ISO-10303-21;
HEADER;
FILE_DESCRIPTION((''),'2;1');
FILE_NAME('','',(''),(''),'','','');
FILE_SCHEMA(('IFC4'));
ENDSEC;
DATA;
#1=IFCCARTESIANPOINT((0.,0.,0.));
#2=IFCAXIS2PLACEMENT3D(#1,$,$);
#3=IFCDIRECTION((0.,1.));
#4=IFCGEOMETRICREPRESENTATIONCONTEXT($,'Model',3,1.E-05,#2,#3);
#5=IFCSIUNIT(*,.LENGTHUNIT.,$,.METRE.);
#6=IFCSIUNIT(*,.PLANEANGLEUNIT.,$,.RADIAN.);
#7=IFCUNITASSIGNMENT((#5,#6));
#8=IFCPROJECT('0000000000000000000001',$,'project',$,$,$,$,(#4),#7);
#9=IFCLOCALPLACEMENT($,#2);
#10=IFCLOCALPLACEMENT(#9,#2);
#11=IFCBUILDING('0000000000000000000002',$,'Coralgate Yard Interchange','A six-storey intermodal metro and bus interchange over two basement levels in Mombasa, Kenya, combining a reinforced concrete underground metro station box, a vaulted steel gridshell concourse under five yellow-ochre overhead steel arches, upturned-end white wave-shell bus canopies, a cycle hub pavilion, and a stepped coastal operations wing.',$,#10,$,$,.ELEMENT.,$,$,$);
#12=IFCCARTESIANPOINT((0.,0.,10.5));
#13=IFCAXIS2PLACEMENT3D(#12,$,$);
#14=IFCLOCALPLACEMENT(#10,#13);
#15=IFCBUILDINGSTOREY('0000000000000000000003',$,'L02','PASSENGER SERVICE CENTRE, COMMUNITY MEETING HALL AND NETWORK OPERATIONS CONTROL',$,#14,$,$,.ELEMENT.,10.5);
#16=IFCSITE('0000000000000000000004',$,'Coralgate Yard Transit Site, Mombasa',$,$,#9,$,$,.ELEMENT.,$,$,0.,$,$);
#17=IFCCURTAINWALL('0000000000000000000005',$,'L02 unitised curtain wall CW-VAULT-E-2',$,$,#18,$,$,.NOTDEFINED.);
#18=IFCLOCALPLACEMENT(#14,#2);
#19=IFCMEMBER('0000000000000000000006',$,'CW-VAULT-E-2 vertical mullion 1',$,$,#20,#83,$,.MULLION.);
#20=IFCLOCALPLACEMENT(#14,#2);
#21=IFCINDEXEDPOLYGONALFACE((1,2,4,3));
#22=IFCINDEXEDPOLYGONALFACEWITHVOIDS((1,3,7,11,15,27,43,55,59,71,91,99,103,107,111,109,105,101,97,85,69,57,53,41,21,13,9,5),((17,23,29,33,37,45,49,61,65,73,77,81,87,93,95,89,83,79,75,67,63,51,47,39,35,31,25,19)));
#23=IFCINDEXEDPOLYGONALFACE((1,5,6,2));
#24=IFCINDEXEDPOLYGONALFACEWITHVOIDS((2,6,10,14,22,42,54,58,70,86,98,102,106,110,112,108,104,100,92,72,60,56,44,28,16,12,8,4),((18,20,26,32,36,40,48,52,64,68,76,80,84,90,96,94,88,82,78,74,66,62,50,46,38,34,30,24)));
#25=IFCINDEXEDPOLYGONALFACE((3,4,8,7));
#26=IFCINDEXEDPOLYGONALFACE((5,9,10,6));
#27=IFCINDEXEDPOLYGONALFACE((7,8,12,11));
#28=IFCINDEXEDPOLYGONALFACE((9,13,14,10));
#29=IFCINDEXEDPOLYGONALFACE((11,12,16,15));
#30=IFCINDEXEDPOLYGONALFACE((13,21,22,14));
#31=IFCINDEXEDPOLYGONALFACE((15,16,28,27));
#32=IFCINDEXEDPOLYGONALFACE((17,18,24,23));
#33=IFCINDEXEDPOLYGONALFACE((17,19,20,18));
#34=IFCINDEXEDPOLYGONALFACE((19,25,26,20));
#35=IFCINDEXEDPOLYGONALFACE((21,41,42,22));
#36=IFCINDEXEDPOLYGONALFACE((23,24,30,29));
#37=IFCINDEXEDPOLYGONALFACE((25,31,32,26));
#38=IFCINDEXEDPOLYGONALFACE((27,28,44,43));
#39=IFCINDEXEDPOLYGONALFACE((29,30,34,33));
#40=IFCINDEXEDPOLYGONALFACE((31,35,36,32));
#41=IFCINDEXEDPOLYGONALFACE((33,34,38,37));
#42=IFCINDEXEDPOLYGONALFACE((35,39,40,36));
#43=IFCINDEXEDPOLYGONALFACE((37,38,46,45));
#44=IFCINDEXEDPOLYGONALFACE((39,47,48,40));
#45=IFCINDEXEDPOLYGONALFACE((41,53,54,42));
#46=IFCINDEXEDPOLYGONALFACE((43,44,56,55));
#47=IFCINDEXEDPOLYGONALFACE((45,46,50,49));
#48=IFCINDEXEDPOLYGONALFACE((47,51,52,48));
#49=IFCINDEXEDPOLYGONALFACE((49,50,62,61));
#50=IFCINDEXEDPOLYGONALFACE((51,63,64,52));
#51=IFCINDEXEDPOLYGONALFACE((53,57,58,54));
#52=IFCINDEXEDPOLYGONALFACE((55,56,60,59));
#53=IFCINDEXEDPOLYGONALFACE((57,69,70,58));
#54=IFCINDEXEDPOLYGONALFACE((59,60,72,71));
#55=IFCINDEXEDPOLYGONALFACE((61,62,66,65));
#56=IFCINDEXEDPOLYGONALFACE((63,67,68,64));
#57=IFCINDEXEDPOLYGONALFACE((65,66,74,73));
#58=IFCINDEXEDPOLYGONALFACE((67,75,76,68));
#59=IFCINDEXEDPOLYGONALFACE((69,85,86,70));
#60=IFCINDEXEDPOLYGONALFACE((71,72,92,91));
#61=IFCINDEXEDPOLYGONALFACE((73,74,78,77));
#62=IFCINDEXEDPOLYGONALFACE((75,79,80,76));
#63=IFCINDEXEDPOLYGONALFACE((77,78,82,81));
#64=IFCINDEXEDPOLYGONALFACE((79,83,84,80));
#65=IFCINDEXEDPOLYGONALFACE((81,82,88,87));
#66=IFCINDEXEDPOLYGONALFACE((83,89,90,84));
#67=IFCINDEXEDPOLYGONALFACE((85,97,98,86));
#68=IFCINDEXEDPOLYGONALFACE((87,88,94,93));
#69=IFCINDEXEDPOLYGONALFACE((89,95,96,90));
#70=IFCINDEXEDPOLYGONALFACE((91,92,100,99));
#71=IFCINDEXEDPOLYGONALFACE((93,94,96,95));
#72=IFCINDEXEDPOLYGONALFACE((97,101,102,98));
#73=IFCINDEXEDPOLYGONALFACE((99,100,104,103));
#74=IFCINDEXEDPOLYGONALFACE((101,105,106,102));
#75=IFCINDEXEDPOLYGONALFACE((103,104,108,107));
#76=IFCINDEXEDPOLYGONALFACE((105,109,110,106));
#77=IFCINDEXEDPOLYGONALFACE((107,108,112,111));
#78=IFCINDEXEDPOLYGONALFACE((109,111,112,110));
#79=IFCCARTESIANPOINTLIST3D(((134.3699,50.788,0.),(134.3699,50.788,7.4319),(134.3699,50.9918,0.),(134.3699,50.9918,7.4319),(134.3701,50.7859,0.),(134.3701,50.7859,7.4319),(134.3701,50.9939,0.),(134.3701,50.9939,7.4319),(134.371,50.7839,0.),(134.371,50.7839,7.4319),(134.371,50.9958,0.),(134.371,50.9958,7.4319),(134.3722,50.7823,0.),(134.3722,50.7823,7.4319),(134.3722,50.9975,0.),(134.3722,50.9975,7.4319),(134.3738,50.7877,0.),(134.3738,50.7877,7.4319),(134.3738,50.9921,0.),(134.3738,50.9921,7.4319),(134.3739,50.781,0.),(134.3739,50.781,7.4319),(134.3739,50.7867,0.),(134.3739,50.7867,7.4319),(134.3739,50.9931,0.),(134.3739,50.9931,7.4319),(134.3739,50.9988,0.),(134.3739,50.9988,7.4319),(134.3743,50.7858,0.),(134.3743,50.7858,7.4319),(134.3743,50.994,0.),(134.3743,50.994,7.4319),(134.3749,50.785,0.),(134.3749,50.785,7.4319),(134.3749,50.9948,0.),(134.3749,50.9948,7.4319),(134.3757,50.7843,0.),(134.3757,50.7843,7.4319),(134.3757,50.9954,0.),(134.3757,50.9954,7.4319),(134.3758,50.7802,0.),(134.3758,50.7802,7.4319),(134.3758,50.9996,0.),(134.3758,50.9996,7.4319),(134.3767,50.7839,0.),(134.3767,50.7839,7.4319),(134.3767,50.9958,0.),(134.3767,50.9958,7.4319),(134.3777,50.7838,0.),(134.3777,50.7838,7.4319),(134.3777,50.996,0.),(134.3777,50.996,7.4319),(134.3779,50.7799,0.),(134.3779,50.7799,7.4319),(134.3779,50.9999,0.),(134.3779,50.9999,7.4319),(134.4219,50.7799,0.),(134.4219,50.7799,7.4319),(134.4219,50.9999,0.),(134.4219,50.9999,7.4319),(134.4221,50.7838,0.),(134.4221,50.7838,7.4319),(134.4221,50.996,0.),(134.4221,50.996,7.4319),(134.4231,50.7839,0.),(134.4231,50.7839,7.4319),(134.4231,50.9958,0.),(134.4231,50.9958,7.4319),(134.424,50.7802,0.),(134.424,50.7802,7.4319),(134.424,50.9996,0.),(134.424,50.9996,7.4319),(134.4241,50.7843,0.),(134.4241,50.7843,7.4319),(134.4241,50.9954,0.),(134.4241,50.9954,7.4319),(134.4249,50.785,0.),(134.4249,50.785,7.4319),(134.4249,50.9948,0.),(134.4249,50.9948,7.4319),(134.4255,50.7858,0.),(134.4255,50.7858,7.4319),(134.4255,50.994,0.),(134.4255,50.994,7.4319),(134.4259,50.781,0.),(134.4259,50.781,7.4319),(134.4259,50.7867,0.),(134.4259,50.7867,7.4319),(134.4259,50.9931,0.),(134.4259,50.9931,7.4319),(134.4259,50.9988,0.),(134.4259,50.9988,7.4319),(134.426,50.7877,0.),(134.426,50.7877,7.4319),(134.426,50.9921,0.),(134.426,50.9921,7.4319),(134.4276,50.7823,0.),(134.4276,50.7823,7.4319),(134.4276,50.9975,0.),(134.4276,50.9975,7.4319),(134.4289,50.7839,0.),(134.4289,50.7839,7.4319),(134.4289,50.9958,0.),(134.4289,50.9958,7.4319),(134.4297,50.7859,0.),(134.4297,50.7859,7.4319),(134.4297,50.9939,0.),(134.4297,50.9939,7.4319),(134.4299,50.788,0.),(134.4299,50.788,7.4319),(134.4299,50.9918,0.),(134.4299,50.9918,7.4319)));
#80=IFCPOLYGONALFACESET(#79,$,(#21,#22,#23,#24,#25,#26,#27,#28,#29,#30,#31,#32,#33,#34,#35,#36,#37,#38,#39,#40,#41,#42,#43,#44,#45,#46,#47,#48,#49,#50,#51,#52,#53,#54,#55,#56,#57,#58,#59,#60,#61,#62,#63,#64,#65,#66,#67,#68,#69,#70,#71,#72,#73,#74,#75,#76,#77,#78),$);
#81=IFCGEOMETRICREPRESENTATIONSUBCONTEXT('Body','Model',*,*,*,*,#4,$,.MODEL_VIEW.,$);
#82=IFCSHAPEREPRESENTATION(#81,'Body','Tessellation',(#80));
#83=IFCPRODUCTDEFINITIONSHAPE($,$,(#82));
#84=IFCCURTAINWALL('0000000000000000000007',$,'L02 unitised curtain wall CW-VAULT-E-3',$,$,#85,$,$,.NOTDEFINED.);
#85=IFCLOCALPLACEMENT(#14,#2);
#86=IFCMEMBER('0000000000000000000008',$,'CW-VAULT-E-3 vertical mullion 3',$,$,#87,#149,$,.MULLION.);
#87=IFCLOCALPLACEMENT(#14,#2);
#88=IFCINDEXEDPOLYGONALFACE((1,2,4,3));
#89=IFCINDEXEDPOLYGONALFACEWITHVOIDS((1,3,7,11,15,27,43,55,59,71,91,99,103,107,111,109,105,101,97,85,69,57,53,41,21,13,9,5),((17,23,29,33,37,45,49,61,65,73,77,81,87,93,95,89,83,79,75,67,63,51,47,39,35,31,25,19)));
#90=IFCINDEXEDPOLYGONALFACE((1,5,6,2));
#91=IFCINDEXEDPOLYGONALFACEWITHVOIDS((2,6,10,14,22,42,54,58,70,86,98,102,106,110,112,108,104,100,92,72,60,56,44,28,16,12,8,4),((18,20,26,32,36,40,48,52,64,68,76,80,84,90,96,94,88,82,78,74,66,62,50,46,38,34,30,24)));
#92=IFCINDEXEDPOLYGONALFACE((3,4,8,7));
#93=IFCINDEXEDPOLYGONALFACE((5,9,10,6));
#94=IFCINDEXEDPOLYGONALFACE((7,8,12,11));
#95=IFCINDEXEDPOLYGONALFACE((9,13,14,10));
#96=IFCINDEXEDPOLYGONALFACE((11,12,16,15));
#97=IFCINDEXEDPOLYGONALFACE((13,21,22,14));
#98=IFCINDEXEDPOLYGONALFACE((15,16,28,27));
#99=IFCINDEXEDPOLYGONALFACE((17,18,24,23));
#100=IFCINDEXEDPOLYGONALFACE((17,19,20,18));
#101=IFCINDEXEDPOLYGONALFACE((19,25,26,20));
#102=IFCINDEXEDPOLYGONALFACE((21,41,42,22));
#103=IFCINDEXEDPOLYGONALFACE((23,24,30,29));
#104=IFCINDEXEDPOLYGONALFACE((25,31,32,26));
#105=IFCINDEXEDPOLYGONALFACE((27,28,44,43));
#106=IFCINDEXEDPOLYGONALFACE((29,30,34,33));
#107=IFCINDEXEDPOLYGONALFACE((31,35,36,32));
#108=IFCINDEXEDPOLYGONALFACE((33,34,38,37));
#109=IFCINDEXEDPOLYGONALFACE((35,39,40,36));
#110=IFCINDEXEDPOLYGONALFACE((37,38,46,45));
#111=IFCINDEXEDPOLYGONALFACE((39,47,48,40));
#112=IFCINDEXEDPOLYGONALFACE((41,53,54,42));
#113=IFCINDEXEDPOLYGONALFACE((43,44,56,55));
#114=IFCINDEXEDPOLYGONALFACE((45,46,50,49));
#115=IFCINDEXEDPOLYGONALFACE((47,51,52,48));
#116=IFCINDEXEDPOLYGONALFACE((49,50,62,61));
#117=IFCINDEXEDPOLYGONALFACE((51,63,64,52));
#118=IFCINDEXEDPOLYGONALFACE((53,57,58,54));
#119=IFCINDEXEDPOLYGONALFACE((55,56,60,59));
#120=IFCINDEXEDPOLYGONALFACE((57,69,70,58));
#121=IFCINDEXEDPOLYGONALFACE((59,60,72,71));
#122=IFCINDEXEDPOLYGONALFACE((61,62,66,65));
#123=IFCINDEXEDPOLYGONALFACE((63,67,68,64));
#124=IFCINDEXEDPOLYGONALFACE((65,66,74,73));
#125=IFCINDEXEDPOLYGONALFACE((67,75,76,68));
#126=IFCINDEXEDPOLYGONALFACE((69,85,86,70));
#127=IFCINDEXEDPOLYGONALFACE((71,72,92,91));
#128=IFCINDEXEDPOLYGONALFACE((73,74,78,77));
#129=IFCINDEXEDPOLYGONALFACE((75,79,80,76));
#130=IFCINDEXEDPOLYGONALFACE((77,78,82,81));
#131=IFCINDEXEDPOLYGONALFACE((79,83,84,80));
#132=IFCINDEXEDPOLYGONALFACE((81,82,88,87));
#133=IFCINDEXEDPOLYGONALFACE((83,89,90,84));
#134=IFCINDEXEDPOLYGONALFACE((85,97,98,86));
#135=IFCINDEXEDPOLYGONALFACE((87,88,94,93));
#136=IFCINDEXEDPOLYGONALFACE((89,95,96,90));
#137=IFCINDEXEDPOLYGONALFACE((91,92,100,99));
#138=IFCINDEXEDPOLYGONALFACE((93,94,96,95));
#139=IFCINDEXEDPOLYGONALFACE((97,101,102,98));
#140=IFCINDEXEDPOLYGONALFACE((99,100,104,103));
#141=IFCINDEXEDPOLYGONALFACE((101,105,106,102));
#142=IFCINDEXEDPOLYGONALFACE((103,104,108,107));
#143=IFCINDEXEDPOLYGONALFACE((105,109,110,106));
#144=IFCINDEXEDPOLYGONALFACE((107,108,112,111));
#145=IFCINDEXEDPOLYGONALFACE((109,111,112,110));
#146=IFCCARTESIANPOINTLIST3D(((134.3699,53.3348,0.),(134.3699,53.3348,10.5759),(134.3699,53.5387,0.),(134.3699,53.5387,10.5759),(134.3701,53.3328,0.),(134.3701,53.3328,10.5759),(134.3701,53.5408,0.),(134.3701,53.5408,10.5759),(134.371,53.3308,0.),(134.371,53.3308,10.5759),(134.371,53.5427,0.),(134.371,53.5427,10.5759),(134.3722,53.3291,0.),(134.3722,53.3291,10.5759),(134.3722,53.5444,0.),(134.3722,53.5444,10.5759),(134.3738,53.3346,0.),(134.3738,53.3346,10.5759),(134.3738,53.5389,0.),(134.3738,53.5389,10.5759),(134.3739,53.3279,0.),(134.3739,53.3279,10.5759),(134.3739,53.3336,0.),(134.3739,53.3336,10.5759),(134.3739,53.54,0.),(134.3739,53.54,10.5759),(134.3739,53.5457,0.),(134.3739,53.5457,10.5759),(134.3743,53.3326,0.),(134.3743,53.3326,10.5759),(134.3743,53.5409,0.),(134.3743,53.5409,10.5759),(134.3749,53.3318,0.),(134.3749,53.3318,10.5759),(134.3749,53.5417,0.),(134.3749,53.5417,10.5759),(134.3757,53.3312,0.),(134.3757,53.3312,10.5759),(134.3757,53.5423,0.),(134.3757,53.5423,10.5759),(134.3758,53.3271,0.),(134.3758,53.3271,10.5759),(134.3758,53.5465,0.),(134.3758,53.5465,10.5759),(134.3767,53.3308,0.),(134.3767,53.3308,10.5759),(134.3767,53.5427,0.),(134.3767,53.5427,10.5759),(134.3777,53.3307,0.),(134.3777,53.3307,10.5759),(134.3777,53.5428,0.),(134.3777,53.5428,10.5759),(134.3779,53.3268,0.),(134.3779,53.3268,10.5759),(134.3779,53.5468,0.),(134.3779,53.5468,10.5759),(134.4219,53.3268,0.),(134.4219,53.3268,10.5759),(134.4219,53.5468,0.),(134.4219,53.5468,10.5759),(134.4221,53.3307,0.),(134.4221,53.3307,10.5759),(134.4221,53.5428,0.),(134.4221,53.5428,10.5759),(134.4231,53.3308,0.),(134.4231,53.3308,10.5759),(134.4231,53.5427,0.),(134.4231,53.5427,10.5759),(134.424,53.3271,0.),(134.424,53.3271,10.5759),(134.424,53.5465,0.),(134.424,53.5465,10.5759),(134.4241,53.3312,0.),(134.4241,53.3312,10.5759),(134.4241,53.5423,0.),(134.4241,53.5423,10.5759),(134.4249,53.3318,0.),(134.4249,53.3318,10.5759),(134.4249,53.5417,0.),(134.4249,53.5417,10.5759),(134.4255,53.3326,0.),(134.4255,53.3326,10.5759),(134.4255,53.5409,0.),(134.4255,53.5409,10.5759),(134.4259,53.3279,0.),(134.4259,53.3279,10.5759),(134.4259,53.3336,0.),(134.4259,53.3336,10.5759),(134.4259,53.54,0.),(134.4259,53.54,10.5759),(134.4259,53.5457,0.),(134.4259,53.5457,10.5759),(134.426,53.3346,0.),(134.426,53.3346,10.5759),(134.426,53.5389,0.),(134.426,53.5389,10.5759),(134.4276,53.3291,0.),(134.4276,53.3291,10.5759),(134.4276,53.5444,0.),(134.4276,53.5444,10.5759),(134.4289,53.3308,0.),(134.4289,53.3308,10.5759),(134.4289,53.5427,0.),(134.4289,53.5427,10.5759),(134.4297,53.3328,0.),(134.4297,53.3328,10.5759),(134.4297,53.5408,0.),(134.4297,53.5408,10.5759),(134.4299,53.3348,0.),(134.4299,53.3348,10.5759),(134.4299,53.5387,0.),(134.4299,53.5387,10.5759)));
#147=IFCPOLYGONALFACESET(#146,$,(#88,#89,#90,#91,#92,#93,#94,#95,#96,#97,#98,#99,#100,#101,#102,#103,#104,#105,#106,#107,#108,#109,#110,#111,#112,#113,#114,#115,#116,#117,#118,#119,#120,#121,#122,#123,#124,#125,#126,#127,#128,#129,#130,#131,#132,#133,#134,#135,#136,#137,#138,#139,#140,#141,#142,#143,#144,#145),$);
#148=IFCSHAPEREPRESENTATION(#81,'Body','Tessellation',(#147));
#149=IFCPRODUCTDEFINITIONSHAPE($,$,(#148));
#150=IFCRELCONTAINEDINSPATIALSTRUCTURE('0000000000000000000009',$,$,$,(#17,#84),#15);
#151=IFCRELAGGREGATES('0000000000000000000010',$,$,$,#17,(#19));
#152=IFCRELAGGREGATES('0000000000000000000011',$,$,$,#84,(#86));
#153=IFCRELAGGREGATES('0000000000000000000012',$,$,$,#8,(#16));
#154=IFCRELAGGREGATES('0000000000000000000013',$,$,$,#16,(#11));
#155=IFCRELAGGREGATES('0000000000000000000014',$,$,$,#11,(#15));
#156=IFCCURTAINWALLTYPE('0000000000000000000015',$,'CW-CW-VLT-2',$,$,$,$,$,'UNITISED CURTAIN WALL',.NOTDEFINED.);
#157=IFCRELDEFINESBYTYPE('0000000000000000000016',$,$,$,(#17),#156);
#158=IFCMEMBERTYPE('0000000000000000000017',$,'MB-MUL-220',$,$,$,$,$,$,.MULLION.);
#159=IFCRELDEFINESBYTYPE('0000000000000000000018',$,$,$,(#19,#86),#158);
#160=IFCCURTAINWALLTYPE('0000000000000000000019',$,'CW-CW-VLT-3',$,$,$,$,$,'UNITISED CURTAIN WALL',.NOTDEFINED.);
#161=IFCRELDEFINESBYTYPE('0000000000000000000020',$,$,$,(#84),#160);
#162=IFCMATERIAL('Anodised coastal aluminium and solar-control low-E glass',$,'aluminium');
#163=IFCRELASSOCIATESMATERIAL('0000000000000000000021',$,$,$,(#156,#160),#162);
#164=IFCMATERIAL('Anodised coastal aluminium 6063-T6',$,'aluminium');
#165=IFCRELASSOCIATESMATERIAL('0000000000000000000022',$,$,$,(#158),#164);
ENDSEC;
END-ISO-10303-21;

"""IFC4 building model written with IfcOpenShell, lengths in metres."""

from ifc_helpers import new_model, si_unit, direction, frame, origin, origin_2d, place, context, subcontext, project, spatial, hollow_rectangle, extrude, material, material_profile, profile_set, type_object, element, aggregate, save


model = new_model("IFC4")

# Units and contexts
model_context = context("Model", 3, precision=1e-05, world=origin(), true_north=direction((0.0, 1.0)))
body_context = subcontext(model_context, "Body", "Model", "MODEL_VIEW")
ifc_project = project(units=[si_unit("LENGTHUNIT", "METRE"), si_unit("PLANEANGLEUNIT", "RADIAN")], contexts=[model_context])

# Site, building, storey
site_placement = place(None, origin())
site = spatial("IfcSite", under=ifc_project, at=site_placement, Name="Coralgate Yard Transit Site, Mombasa", CompositionType="ELEMENT", RefElevation=0.0)
building_placement = place(site_placement, origin())
building = spatial("IfcBuilding", under=site, at=building_placement, Name="Coralgate Yard Interchange", Description="A six-storey intermodal metro and bus interchange over two basement levels in Mombasa, Kenya, combining a reinforced concrete underground metro station box, a vaulted steel gridshell concourse under five yellow-ochre overhead steel arches, upturned-end white wave-shell bus canopies, a cycle hub pavilion, and a stepped coastal operations wing.", CompositionType="ELEMENT")
storey_placement = place(building_placement, frame((0.0, 0.0, 10.5)))
storey = spatial("IfcBuildingStorey", under=building, at=storey_placement, Name="L02", Description="PASSENGER SERVICE CENTRE, COMMUNITY MEETING HALL AND NETWORK OPERATIONS CONTROL", CompositionType="ELEMENT", Elevation=10.5)

# Curtain wall, member
ifc_material_1 = material(Name="Anodised coastal aluminium and solar-control low-E glass", Category="aluminium")
curtain_wall_type_1 = type_object("IfcCurtainWallType", Name="CW-CW-VLT-2", ElementType="UNITISED CURTAIN WALL", PredefinedType="NOTDEFINED", material=ifc_material_1)
curtain_wall_1_placement = place(storey_placement, origin())
curtain_wall_1 = element("IfcCurtainWall", 1, at=curtain_wall_1_placement, inside=storey, type_object=curtain_wall_type_1, Name="L02 unitised curtain wall CW-VAULT-E-2", PredefinedType="NOTDEFINED")
ifc_material_2 = material(Name="Anodised coastal aluminium 6063-T6", Category="aluminium")
ifc_material_profile_1 = material_profile(ifc_material_2, hollow_rectangle(XDim=0.0601, YDim=0.22, WallThickness=0.0039, InnerFilletRadius=0.0039, OuterFilletRadius=0.0081, at=origin_2d()), Name="ALU 60x220x4")
ifc_profile_set_1 = profile_set([ifc_material_profile_1], Name="Anodised coastal aluminium 6063-T6")
member_type_1 = type_object("IfcMemberType", Name="MB-MUL-220", PredefinedType="MULLION", material=ifc_profile_set_1)
member_1_placement = place(storey_placement, frame((134.3999, 50.8899, 0.0), z_axis=(0.0, 0.0, 1.0), x_axis=(1.0, 0.0, 0.0)))
member_1 = element("IfcMember", 2, at=member_1_placement, type_object=member_type_1, Name="CW-VAULT-E-2 vertical mullion 1", PredefinedType="MULLION", context=body_context, shape_type="SweptSolid", body=[
    extrude(hollow_rectangle(XDim=0.0601, YDim=0.22, WallThickness=0.0039, InnerFilletRadius=0.0039, OuterFilletRadius=0.0081, at=origin_2d()), origin(), (0.0, 0.0, 1.0), 7.4319),
])

# Curtain wall, member
curtain_wall_type_2 = type_object("IfcCurtainWallType", Name="CW-CW-VLT-3", ElementType="UNITISED CURTAIN WALL", PredefinedType="NOTDEFINED", material=ifc_material_1)
curtain_wall_2_placement = place(storey_placement, origin())
curtain_wall_2 = element("IfcCurtainWall", 3, at=curtain_wall_2_placement, inside=storey, type_object=curtain_wall_type_2, Name="L02 unitised curtain wall CW-VAULT-E-3", PredefinedType="NOTDEFINED")
member_2_placement = place(storey_placement, frame((134.3999, 53.4368, 0.0), z_axis=(0.0, 0.0, 1.0), x_axis=(1.0, 0.0, 0.0)))
member_2 = element("IfcMember", 4, at=member_2_placement, type_object=member_type_1, Name="CW-VAULT-E-3 vertical mullion 3", PredefinedType="MULLION", context=body_context, shape_type="SweptSolid", body=[
    extrude(hollow_rectangle(XDim=0.0601, YDim=0.22, WallThickness=0.0039, InnerFilletRadius=0.0039, OuterFilletRadius=0.0081, at=origin_2d()), origin(), (0.0, 0.0, 1.0), 10.5759),
])

aggregate(curtain_wall_1, [member_1])
aggregate(curtain_wall_2, [member_2])

save(model, "model.ifc")
